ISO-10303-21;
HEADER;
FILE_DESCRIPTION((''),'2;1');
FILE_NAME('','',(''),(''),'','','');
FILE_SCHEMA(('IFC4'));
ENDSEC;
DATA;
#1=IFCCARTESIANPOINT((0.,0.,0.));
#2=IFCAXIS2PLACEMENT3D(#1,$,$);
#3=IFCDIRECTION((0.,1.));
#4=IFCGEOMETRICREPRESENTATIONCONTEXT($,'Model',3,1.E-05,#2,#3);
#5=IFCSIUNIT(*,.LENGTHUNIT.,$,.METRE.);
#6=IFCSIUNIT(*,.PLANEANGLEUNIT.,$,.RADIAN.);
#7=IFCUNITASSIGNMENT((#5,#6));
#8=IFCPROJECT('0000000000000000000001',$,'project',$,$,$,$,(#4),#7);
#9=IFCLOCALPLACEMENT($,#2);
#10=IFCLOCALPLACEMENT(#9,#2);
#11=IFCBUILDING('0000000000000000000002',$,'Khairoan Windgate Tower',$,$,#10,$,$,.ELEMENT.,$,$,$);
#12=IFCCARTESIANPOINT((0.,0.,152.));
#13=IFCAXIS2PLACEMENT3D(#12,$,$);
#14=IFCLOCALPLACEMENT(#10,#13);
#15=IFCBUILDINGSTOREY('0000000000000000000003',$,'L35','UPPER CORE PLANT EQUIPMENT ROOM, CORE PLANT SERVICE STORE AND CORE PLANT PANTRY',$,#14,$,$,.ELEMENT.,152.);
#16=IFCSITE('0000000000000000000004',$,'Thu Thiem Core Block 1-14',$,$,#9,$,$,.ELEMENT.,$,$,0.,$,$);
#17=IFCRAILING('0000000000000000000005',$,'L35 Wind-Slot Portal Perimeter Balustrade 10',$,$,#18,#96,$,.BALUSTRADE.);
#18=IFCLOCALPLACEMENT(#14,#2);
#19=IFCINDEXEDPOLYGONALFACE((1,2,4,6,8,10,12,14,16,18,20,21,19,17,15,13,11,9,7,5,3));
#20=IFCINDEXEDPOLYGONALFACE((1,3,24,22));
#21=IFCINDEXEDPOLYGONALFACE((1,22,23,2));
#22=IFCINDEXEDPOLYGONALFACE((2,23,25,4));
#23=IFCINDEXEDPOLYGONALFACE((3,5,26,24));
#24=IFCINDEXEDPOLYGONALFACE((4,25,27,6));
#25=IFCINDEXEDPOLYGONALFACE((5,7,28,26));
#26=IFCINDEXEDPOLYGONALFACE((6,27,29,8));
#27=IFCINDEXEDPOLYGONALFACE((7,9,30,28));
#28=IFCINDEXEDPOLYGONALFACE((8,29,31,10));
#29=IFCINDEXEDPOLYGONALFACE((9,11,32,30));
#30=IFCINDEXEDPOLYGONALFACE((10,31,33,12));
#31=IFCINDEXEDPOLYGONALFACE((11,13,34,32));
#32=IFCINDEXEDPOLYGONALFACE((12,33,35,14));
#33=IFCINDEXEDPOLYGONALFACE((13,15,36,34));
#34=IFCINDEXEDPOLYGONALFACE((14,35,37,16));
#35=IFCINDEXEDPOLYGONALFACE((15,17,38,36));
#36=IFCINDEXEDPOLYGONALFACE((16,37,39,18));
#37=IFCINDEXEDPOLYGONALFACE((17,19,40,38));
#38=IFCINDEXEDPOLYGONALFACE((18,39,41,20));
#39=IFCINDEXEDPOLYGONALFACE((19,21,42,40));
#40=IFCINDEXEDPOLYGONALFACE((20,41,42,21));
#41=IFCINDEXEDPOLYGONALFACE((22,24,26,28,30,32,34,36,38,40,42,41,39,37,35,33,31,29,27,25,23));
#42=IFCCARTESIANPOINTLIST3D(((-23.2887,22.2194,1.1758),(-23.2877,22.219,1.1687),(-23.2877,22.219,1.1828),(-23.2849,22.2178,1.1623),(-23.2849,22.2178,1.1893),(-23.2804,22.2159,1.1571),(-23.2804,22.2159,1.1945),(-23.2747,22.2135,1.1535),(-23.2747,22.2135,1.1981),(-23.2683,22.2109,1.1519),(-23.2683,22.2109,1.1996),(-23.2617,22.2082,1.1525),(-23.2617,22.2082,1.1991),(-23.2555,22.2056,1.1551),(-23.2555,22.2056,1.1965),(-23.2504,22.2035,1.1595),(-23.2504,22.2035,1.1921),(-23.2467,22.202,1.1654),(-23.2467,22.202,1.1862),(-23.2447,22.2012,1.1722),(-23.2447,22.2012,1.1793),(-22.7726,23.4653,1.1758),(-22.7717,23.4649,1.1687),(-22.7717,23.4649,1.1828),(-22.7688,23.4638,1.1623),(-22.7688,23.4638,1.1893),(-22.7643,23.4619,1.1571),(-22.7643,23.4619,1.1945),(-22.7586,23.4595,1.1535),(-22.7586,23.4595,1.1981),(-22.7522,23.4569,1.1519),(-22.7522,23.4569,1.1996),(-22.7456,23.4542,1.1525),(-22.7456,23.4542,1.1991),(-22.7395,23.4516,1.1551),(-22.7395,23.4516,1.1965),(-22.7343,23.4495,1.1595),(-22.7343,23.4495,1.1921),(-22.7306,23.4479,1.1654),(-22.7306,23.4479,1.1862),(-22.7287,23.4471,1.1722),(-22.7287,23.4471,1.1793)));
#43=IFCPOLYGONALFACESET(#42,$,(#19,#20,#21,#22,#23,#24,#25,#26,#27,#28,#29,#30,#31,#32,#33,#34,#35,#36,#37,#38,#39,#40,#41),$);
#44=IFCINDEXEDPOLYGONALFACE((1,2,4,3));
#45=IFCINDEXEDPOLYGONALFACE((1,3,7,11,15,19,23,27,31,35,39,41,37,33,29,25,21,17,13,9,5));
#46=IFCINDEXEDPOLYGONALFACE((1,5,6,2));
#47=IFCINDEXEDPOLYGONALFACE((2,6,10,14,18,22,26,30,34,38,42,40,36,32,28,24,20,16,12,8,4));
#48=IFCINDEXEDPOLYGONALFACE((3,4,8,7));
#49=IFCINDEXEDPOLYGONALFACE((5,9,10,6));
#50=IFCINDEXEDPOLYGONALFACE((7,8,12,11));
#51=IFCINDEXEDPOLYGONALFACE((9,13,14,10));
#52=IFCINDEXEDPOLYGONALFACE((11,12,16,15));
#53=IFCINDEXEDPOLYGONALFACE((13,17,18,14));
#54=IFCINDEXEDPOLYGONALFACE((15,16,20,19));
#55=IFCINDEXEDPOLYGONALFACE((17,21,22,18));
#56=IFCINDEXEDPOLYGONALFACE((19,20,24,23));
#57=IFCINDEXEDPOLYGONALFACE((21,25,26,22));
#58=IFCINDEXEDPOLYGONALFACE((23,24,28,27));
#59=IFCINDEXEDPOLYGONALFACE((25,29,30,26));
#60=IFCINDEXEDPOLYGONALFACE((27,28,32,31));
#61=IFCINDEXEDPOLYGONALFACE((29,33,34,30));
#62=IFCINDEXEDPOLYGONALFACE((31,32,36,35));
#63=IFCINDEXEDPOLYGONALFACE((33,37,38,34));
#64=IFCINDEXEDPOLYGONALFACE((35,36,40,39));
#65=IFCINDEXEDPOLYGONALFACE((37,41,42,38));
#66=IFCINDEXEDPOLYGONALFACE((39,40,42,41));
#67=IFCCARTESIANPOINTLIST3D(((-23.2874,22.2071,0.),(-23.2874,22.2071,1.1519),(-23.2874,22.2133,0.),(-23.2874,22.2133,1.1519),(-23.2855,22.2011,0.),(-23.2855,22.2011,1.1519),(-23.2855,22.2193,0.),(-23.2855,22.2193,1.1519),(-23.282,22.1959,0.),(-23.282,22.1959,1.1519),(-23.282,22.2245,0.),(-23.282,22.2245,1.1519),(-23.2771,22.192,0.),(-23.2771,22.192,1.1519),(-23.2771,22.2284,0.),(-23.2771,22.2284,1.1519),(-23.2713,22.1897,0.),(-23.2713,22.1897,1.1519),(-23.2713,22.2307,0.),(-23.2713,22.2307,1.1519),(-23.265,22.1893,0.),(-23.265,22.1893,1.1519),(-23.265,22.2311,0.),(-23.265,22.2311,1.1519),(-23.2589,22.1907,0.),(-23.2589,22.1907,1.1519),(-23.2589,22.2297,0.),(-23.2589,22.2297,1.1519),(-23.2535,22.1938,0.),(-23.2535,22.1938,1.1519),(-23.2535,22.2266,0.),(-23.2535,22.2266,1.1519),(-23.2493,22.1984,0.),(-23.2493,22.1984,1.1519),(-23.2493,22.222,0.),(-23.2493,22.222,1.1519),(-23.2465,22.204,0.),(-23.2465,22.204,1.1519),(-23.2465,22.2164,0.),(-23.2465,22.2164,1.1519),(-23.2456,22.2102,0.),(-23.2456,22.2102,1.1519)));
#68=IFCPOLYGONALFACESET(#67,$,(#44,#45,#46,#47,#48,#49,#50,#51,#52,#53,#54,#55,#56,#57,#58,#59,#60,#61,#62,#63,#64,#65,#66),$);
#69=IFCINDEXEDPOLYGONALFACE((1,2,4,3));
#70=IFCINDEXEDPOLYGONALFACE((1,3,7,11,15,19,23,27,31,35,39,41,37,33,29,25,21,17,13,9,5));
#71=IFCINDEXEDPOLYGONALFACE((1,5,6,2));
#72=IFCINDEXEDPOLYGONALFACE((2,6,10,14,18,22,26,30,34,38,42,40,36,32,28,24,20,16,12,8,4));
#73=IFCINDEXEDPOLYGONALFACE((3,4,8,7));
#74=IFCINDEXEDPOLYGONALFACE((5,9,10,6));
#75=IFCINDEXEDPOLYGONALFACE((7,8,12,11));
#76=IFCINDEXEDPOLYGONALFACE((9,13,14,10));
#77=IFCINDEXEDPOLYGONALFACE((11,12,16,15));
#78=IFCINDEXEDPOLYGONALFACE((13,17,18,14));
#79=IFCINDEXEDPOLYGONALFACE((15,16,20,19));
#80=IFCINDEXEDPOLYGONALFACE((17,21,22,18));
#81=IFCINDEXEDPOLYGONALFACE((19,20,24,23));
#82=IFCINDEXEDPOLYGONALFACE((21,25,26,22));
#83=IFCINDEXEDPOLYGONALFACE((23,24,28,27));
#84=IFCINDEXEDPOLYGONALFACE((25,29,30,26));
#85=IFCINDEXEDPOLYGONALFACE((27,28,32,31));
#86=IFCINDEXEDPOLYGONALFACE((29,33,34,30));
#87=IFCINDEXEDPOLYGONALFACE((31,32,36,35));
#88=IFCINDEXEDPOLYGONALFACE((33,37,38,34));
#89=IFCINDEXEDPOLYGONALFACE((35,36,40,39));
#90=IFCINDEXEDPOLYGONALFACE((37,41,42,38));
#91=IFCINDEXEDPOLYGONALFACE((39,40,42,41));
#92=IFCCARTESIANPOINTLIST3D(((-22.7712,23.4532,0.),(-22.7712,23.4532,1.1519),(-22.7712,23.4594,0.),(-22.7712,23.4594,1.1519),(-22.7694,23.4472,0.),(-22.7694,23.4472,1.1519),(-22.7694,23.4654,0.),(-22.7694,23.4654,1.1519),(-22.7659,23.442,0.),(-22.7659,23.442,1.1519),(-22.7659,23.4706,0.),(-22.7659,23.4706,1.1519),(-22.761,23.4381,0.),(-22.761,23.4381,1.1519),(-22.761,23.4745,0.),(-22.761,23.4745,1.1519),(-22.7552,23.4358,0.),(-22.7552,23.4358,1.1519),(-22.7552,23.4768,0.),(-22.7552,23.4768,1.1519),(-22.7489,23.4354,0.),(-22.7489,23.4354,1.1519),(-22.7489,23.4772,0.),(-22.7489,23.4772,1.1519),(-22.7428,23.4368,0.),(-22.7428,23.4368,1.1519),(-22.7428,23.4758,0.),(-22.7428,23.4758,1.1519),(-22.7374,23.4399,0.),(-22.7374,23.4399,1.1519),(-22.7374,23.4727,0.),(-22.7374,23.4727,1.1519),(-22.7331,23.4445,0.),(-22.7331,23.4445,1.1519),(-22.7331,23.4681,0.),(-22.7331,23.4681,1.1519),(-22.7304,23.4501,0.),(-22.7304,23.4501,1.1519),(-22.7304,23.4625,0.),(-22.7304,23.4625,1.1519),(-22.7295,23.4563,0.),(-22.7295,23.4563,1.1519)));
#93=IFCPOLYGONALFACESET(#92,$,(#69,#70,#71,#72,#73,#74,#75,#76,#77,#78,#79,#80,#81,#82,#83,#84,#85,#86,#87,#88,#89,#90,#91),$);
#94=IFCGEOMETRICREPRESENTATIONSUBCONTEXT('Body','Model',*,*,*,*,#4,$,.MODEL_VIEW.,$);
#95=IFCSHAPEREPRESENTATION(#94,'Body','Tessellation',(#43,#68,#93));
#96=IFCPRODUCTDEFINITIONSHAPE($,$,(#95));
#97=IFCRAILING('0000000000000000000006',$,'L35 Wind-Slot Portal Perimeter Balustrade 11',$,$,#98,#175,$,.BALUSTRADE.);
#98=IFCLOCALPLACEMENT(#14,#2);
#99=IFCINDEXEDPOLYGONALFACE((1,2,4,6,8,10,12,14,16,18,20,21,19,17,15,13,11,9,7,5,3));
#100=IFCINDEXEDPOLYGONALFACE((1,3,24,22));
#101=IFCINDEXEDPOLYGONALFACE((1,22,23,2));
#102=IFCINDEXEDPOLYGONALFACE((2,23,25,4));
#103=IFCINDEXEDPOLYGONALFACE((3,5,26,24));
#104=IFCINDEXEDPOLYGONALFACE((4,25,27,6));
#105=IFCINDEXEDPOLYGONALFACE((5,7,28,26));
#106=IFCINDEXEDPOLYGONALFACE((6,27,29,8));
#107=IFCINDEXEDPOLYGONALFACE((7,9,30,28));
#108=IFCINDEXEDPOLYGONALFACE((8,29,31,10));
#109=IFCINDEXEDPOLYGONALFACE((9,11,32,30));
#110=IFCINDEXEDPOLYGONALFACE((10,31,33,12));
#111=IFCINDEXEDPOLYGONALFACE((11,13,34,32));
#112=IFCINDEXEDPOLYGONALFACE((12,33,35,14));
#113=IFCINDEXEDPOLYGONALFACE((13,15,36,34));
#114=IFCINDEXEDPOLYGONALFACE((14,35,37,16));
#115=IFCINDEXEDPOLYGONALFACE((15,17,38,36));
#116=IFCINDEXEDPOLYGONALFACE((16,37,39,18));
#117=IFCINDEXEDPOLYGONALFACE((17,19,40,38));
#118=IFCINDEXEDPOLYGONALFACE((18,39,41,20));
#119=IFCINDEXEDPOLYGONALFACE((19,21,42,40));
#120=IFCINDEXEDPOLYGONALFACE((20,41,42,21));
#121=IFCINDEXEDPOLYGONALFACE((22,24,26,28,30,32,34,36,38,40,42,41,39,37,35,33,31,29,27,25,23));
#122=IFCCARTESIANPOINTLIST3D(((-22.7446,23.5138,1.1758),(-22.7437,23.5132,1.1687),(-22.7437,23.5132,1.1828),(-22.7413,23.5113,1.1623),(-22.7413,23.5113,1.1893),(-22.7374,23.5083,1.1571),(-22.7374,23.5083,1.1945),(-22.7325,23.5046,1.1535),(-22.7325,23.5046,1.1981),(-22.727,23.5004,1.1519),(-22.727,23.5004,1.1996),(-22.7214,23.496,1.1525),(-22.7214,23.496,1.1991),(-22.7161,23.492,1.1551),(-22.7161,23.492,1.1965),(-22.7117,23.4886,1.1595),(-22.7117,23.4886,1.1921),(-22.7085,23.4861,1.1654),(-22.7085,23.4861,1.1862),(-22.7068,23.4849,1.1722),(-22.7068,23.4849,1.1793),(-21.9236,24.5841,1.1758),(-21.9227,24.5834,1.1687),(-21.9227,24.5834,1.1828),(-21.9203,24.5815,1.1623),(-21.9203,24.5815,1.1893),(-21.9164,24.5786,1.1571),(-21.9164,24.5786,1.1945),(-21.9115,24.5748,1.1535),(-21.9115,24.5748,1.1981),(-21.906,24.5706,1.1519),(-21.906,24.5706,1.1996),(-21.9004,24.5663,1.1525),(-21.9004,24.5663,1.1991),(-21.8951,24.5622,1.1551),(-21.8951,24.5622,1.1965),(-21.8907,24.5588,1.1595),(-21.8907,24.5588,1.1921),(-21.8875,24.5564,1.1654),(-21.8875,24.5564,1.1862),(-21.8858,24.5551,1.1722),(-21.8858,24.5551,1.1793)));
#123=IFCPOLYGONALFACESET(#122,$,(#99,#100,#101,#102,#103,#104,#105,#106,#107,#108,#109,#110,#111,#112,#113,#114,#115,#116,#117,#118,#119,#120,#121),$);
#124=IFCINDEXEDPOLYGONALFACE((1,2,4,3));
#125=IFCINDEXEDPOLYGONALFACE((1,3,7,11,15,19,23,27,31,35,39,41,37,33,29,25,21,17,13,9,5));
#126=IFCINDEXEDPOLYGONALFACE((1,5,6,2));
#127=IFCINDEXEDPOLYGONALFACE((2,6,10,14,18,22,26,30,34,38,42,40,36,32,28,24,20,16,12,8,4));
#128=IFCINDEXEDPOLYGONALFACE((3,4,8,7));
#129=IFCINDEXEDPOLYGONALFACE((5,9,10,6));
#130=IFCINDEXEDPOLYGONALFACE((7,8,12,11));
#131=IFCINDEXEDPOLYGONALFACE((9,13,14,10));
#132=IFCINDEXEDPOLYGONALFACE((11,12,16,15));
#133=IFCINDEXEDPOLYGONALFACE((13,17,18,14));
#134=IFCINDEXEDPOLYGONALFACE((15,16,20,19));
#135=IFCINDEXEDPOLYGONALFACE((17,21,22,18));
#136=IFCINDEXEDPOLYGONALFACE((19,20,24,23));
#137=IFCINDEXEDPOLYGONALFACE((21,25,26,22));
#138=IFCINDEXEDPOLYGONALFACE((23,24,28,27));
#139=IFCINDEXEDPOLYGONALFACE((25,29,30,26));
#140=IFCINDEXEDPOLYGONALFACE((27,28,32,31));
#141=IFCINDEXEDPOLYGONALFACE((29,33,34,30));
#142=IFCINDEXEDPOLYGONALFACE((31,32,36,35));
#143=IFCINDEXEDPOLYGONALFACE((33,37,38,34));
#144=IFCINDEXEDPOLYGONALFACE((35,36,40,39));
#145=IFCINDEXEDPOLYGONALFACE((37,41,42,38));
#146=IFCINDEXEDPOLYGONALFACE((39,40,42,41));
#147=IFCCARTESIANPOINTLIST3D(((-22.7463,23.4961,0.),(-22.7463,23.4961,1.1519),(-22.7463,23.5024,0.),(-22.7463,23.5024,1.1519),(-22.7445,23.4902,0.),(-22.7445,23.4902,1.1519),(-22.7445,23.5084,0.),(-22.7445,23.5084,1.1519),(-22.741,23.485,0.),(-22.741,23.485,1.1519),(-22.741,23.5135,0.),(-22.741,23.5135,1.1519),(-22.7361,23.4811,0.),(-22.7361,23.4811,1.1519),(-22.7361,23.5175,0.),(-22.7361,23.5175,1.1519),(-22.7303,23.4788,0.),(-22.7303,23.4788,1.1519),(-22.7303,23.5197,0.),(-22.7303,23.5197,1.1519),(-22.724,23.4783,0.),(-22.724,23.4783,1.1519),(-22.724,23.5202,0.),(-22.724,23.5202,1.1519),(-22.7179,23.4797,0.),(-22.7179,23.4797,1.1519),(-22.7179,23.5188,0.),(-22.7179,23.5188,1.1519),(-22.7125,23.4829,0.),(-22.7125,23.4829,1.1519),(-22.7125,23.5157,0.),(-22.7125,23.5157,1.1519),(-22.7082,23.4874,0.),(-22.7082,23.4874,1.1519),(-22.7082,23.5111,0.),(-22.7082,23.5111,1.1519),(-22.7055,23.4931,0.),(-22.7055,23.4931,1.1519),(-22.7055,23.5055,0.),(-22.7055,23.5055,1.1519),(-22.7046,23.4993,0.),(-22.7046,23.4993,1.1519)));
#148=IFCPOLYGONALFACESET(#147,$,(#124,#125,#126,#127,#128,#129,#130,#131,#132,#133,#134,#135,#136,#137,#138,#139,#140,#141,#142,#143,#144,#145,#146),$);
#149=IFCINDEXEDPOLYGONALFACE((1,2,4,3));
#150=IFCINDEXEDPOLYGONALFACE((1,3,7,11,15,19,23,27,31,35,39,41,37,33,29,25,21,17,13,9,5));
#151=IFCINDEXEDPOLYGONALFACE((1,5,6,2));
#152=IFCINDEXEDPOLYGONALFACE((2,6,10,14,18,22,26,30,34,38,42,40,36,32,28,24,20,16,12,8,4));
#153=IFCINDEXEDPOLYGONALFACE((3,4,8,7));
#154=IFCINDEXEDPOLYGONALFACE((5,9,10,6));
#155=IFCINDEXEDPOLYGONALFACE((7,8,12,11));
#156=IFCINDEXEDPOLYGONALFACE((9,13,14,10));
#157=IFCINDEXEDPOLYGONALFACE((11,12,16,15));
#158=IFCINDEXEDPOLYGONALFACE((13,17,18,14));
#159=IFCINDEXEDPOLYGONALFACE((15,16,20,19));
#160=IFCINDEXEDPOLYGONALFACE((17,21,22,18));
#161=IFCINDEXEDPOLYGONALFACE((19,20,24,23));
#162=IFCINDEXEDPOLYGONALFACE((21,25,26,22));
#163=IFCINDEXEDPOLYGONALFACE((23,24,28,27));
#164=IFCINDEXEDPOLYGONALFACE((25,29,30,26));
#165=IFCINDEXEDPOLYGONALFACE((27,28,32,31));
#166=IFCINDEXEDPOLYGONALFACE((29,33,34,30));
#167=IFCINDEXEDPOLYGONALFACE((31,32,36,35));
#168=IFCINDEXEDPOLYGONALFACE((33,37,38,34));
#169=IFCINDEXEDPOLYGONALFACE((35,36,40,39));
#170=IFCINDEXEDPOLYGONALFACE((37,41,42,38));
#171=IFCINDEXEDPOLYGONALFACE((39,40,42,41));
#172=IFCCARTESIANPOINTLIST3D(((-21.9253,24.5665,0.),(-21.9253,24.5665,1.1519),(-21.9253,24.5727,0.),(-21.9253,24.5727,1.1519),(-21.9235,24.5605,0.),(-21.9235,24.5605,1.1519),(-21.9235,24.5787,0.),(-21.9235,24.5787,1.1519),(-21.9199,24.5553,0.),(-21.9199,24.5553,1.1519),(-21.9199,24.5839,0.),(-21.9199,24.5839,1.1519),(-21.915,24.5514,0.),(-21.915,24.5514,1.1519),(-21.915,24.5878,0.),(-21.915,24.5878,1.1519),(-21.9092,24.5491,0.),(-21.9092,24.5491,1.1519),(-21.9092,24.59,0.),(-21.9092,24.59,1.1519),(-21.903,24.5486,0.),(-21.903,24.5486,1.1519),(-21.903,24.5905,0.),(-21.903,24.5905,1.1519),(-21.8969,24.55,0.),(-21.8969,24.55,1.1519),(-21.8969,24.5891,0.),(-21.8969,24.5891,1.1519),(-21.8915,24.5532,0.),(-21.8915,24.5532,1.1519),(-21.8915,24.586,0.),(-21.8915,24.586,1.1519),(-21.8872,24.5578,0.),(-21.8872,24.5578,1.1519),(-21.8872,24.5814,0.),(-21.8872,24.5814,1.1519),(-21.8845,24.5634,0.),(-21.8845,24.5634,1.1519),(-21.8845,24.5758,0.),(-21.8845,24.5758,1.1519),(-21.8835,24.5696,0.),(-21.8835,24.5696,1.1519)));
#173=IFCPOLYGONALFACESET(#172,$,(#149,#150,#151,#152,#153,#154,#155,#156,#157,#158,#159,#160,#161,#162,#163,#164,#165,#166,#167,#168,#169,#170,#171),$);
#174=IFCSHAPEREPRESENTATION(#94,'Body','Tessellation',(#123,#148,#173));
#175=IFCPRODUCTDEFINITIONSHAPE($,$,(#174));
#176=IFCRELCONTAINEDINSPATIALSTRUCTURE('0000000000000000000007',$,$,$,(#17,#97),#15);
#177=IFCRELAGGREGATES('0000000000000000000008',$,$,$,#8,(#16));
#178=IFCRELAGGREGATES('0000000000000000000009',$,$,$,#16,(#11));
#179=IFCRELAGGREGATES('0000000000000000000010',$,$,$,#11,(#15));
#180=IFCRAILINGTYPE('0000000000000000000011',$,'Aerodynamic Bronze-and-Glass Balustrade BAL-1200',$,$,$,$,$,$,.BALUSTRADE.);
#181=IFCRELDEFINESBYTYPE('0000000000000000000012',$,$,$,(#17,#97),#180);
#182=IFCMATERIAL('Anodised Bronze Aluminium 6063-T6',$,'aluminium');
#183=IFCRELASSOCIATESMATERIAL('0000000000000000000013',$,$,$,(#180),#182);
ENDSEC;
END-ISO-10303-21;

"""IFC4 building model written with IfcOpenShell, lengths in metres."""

from ifc_helpers import new_model, si_unit, direction, frame, origin, origin_2d, place, context, subcontext, project, spatial, circle, extrude, material, type_object, element, save


model = new_model("IFC4")

# Units and contexts
model_context = context("Model", 3, precision=1e-05, world=origin(), true_north=direction((0.0, 1.0)))
body_context = subcontext(model_context, "Body", "Model", "MODEL_VIEW")
ifc_project = project(units=[si_unit("LENGTHUNIT", "METRE"), si_unit("PLANEANGLEUNIT", "RADIAN")], contexts=[model_context])

# Site, building, storey
site_placement = place(None, origin())
site = spatial("IfcSite", under=ifc_project, at=site_placement, Name="Thu Thiem Core Block 1-14", CompositionType="ELEMENT", RefElevation=0.0)
building_placement = place(site_placement, origin())
building = spatial("IfcBuilding", under=site, at=building_placement, Name="Khairoan Windgate Tower", CompositionType="ELEMENT")
storey_placement = place(building_placement, frame((0.0, 0.0, 152.0)))
storey = spatial("IfcBuildingStorey", under=building, at=storey_placement, Name="L35", Description="UPPER CORE PLANT EQUIPMENT ROOM, CORE PLANT SERVICE STORE AND CORE PLANT PANTRY", CompositionType="ELEMENT", Elevation=152.0)

# Railings
ifc_material_1 = material(Name="Anodised Bronze Aluminium 6063-T6", Category="aluminium")
railing_type_1 = type_object("IfcRailingType", Name="Aerodynamic Bronze-and-Glass Balustrade BAL-1200", PredefinedType="BALUSTRADE", material=ifc_material_1)
railing_1_placement = place(storey_placement, frame((-23.2666, 22.2102, 0.0)))
element("IfcRailing", 1, at=railing_1_placement, inside=storey, type_object=railing_type_1, Name="L35 Wind-Slot Portal Perimeter Balustrade 10", PredefinedType="BALUSTRADE", context=body_context, shape_type="SweptSolid", body=[
    extrude(circle(Radius=0.0239, at=origin_2d()), frame((0.0, 0.0, 1.1758), z_axis=(0.382661, 0.923889, 0.0), x_axis=(-0.923889, 0.382661, 0.0)), (0.0, 0.0, 1.0), 1.3486),
    extrude(circle(Radius=0.021, at=origin_2d()), origin(), (0.0, 0.0, 1.0), 1.1519),
    extrude(circle(Radius=0.021, at=origin_2d()), frame((0.5161, 1.2461, 0.0)), (0.0, 0.0, 1.0), 1.1519),
])
railing_2_placement = place(storey_placement, frame((-22.7256, 23.4993, 0.0)))
element("IfcRailing", 2, at=railing_2_placement, inside=storey, type_object=railing_type_1, Name="L35 Wind-Slot Portal Perimeter Balustrade 11", PredefinedType="BALUSTRADE", context=body_context, shape_type="SweptSolid", body=[
    extrude(circle(Radius=0.0239, at=origin_2d()), frame((0.0, 0.0, 1.1758), z_axis=(0.608652, 0.793437, 0.0), x_axis=(-0.793437, 0.608652, 0.0)), (0.0, 0.0, 1.0), 1.3489),
    extrude(circle(Radius=0.021, at=origin_2d()), origin(), (0.0, 0.0, 1.0), 1.1519),
    extrude(circle(Radius=0.021, at=origin_2d()), frame((0.821, 1.0703, 0.0)), (0.0, 0.0, 1.0), 1.1519),
])

save(model, "model.ifc")
